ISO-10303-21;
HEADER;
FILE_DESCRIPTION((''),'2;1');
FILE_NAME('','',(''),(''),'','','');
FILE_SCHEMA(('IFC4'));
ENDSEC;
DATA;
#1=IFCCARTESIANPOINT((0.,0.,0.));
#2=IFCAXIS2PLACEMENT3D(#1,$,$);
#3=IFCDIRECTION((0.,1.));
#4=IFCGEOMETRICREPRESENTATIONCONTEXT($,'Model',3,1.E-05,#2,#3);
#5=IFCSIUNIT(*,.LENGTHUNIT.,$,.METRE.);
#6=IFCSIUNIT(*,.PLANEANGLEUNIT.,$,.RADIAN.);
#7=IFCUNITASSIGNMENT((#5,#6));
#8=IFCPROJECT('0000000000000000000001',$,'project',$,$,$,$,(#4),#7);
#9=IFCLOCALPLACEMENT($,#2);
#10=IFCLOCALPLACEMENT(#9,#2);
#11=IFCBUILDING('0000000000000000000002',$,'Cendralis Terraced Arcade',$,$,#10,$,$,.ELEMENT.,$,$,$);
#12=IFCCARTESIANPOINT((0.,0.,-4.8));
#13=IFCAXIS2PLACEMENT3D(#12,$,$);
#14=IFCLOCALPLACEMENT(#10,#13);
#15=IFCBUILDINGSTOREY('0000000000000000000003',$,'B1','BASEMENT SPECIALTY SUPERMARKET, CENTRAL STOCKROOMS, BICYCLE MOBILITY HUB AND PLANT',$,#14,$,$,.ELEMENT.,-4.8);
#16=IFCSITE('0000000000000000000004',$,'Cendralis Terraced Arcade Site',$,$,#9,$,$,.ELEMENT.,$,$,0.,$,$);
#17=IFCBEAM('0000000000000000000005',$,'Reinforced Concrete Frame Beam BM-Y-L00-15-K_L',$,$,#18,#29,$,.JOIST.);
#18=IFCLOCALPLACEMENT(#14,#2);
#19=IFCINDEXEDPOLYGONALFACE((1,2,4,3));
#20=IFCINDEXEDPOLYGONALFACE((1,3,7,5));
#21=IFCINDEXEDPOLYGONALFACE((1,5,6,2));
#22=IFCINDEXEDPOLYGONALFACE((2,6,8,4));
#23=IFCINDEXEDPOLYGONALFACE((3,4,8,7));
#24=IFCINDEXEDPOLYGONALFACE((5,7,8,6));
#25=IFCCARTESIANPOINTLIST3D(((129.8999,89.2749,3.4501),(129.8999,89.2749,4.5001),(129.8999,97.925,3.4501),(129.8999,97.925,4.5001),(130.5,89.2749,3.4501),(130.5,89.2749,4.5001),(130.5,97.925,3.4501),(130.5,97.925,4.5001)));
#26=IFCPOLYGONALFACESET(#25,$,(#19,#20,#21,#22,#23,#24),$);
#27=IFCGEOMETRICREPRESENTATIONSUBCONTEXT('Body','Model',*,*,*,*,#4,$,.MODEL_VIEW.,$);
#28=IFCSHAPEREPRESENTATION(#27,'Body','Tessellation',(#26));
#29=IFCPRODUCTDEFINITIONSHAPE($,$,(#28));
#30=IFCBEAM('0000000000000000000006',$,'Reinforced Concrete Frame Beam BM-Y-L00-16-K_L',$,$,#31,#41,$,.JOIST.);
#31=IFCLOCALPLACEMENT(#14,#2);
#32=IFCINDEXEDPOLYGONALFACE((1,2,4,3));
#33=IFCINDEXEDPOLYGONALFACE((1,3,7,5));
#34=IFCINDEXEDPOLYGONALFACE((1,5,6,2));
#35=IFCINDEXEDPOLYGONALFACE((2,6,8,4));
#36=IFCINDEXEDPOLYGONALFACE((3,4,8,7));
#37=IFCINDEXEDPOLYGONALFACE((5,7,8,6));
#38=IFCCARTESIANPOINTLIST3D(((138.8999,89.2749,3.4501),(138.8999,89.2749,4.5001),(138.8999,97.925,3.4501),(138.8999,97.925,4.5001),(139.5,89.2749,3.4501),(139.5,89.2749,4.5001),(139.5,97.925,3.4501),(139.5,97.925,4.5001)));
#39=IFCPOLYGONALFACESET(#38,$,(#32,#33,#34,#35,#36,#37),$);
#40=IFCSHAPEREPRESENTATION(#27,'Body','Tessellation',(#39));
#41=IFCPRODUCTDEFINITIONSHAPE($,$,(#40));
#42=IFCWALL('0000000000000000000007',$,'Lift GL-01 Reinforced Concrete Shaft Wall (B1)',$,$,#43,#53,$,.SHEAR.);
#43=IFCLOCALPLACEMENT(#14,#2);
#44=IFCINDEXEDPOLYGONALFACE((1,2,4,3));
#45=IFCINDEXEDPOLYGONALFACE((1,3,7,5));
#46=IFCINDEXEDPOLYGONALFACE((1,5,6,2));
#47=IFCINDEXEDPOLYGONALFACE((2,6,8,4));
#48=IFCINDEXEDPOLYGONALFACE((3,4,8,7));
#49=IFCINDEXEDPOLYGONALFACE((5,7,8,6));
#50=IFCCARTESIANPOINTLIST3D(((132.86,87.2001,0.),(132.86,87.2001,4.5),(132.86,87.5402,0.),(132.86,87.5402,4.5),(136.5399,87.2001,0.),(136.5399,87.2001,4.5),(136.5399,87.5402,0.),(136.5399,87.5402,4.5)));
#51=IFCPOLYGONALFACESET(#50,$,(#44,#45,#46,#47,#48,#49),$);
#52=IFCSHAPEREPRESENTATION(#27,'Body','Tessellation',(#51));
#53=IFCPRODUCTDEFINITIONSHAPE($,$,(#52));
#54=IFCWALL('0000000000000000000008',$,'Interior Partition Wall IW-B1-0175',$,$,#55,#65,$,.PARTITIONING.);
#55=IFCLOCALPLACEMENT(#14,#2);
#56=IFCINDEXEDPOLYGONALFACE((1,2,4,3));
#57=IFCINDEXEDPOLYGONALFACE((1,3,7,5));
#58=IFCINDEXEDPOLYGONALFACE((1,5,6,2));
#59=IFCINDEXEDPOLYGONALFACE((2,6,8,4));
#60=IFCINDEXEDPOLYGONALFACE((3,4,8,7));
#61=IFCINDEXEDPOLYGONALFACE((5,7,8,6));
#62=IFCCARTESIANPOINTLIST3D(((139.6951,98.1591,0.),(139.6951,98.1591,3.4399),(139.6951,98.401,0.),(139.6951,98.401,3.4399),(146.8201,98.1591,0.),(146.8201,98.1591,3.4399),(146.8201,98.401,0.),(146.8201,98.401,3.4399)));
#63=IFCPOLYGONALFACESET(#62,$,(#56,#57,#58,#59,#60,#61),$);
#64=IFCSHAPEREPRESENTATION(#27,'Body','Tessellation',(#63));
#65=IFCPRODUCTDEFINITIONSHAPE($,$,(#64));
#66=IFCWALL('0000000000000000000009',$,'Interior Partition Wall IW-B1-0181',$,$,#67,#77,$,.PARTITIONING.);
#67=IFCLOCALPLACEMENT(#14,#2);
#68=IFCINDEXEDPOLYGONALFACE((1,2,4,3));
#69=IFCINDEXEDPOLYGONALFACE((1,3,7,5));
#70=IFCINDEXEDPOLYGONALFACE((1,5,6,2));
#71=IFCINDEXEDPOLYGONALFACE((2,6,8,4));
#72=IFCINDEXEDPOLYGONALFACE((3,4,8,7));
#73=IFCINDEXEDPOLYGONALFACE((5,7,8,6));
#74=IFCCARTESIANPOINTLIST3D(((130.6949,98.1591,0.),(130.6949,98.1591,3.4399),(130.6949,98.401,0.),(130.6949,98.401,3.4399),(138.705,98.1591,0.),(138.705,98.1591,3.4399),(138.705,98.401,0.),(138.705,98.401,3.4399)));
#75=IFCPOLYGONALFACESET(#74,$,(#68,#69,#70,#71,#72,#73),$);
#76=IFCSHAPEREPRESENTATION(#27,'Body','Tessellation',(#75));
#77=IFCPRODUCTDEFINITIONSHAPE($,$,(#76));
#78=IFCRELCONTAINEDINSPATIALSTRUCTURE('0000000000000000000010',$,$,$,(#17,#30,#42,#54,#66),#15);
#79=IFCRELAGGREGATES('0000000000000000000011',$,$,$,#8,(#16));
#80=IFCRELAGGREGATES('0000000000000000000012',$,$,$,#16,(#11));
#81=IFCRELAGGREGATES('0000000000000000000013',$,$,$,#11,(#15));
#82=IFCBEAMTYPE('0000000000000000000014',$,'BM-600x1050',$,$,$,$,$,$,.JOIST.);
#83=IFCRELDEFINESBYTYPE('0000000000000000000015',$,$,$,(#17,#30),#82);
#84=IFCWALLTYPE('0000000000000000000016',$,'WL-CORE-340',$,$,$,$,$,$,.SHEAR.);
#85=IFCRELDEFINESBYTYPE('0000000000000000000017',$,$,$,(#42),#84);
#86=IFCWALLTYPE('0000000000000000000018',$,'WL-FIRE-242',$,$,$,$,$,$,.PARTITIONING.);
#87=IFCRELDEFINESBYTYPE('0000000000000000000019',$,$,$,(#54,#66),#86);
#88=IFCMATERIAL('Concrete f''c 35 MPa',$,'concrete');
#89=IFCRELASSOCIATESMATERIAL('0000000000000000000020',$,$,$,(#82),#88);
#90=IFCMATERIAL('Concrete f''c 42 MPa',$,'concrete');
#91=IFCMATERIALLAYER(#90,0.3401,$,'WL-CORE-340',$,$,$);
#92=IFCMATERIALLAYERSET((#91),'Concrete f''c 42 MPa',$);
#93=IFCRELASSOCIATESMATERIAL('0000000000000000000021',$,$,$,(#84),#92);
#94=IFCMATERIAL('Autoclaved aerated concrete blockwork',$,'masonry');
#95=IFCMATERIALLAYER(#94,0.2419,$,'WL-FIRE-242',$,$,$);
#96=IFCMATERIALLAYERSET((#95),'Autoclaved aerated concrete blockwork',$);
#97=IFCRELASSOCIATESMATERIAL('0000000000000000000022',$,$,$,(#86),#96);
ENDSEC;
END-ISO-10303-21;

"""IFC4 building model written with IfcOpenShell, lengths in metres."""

from ifc_helpers import new_model, si_unit, direction, frame, frame_2d, origin, origin_2d, place, context, subcontext, project, spatial, rectangle, extrude, material, layer, layer_set, material_profile, profile_set, type_object, element, save


model = new_model("IFC4")

# Units and contexts
model_context = context("Model", 3, precision=1e-05, world=origin(), true_north=direction((0.0, 1.0)))
body_context = subcontext(model_context, "Body", "Model", "MODEL_VIEW")
ifc_project = project(units=[si_unit("LENGTHUNIT", "METRE"), si_unit("PLANEANGLEUNIT", "RADIAN")], contexts=[model_context])

# Site, building, storey
site_placement = place(None, origin())
site = spatial("IfcSite", under=ifc_project, at=site_placement, Name="Cendralis Terraced Arcade Site", CompositionType="ELEMENT", RefElevation=0.0)
building_placement = place(site_placement, origin())
building = spatial("IfcBuilding", under=site, at=building_placement, Name="Cendralis Terraced Arcade", CompositionType="ELEMENT")
storey_placement = place(building_placement, frame((0.0, 0.0, -4.8)))
storey = spatial("IfcBuildingStorey", under=building, at=storey_placement, Name="B1", Description="BASEMENT SPECIALTY SUPERMARKET, CENTRAL STOCKROOMS, BICYCLE MOBILITY HUB AND PLANT", CompositionType="ELEMENT", Elevation=-4.8)

# Shared definitions
ifc_material_1 = material(Name="Concrete f'c 35 MPa", Category="concrete")

# Shared definitions
ifc_material_2 = material(Name="Concrete f'c 42 MPa", Category="concrete")

# Beams
ifc_material_profile_1 = material_profile(ifc_material_1, rectangle(XDim=0.6001, YDim=1.05, at=origin_2d()), Name="RC-BM-600x1050", Category="LoadBearing")
ifc_profile_set_1 = profile_set([ifc_material_profile_1], Name="Concrete f'c 35 MPa")
beam_type = type_object("IfcBeamType", Name="BM-600x1050", PredefinedType="JOIST", material=ifc_profile_set_1)
for number, where, z_axis, x_axis, name in (
    (1, (130.2, 89.2749, 3.9751), (0.0, 1.0, 0.0), (-1.0, 0.0, 0.0), "Reinforced Concrete Frame Beam BM-Y-L00-15-K_L"),
    (2, (139.2, 89.2749, 3.9751), (0.0, 1.0, 0.0), (-1.0, 0.0, 0.0), "Reinforced Concrete Frame Beam BM-Y-L00-16-K_L"),
):
    element("IfcBeam", number, at=place(storey_placement, frame(where, z_axis=z_axis, x_axis=x_axis)), inside=storey, type_object=beam_type, Name=name, PredefinedType="JOIST", context=body_context, shape_type="SweptSolid", body=[
        extrude(rectangle(XDim=0.6001, YDim=1.05, at=origin_2d()), origin(), (0.0, 0.0, 1.0), 8.6501),
    ])

# Walls
ifc_layer_1 = layer(ifc_material_2, 0.3401, Name="WL-CORE-340")
ifc_layer_set_1 = layer_set([ifc_layer_1], Name="Concrete f'c 42 MPa")
wall_type_1 = type_object("IfcWallType", Name="WL-CORE-340", PredefinedType="SHEAR", material=ifc_layer_set_1)
wall_1_placement = place(storey_placement, frame((132.8601, 87.3701, 0.0), z_axis=(0.0, 0.0, 1.0), x_axis=(1.0, 0.0, 0.0)))
element("IfcWall", 3, at=wall_1_placement, inside=storey, type_object=wall_type_1, Name="Lift GL-01 Reinforced Concrete Shaft Wall (B1)", PredefinedType="SHEAR", context=body_context, shape_type="SweptSolid", body=[
    extrude(rectangle(XDim=3.6799, YDim=0.3401, at=frame_2d((1.8398, 0.0))), origin(), (0.0, 0.0, 1.0), 4.5),
])
ifc_material_3 = material(Name="Autoclaved aerated concrete blockwork", Category="masonry")
ifc_layer_2 = layer(ifc_material_3, 0.2419, Name="WL-FIRE-242")
ifc_layer_set_2 = layer_set([ifc_layer_2], Name="Autoclaved aerated concrete blockwork")
wall_type_2 = type_object("IfcWallType", Name="WL-FIRE-242", PredefinedType="PARTITIONING", material=ifc_layer_set_2)
wall_2_placement = place(storey_placement, frame((139.6951, 98.28, 0.0), z_axis=(0.0, 0.0, 1.0), x_axis=(1.0, 0.0, 0.0)))
element("IfcWall", 4, at=wall_2_placement, inside=storey, type_object=wall_type_2, Name="Interior Partition Wall IW-B1-0175", PredefinedType="PARTITIONING", context=body_context, shape_type="SweptSolid", body=[
    extrude(rectangle(XDim=7.125, YDim=0.2419, at=frame_2d((3.5625, 0.0))), origin(), (0.0, 0.0, 1.0), 3.4399),
])
wall_3_placement = place(storey_placement, frame((130.6951, 98.28, 0.0), z_axis=(0.0, 0.0, 1.0), x_axis=(1.0, 0.0, 0.0)))
element("IfcWall", 5, at=wall_3_placement, inside=storey, type_object=wall_type_2, Name="Interior Partition Wall IW-B1-0181", PredefinedType="PARTITIONING", context=body_context, shape_type="SweptSolid", body=[
    extrude(rectangle(XDim=8.01, YDim=0.2419, at=frame_2d((4.0049, 0.0))), origin(), (0.0, 0.0, 1.0), 3.4399),
])

save(model, "model.ifc")
